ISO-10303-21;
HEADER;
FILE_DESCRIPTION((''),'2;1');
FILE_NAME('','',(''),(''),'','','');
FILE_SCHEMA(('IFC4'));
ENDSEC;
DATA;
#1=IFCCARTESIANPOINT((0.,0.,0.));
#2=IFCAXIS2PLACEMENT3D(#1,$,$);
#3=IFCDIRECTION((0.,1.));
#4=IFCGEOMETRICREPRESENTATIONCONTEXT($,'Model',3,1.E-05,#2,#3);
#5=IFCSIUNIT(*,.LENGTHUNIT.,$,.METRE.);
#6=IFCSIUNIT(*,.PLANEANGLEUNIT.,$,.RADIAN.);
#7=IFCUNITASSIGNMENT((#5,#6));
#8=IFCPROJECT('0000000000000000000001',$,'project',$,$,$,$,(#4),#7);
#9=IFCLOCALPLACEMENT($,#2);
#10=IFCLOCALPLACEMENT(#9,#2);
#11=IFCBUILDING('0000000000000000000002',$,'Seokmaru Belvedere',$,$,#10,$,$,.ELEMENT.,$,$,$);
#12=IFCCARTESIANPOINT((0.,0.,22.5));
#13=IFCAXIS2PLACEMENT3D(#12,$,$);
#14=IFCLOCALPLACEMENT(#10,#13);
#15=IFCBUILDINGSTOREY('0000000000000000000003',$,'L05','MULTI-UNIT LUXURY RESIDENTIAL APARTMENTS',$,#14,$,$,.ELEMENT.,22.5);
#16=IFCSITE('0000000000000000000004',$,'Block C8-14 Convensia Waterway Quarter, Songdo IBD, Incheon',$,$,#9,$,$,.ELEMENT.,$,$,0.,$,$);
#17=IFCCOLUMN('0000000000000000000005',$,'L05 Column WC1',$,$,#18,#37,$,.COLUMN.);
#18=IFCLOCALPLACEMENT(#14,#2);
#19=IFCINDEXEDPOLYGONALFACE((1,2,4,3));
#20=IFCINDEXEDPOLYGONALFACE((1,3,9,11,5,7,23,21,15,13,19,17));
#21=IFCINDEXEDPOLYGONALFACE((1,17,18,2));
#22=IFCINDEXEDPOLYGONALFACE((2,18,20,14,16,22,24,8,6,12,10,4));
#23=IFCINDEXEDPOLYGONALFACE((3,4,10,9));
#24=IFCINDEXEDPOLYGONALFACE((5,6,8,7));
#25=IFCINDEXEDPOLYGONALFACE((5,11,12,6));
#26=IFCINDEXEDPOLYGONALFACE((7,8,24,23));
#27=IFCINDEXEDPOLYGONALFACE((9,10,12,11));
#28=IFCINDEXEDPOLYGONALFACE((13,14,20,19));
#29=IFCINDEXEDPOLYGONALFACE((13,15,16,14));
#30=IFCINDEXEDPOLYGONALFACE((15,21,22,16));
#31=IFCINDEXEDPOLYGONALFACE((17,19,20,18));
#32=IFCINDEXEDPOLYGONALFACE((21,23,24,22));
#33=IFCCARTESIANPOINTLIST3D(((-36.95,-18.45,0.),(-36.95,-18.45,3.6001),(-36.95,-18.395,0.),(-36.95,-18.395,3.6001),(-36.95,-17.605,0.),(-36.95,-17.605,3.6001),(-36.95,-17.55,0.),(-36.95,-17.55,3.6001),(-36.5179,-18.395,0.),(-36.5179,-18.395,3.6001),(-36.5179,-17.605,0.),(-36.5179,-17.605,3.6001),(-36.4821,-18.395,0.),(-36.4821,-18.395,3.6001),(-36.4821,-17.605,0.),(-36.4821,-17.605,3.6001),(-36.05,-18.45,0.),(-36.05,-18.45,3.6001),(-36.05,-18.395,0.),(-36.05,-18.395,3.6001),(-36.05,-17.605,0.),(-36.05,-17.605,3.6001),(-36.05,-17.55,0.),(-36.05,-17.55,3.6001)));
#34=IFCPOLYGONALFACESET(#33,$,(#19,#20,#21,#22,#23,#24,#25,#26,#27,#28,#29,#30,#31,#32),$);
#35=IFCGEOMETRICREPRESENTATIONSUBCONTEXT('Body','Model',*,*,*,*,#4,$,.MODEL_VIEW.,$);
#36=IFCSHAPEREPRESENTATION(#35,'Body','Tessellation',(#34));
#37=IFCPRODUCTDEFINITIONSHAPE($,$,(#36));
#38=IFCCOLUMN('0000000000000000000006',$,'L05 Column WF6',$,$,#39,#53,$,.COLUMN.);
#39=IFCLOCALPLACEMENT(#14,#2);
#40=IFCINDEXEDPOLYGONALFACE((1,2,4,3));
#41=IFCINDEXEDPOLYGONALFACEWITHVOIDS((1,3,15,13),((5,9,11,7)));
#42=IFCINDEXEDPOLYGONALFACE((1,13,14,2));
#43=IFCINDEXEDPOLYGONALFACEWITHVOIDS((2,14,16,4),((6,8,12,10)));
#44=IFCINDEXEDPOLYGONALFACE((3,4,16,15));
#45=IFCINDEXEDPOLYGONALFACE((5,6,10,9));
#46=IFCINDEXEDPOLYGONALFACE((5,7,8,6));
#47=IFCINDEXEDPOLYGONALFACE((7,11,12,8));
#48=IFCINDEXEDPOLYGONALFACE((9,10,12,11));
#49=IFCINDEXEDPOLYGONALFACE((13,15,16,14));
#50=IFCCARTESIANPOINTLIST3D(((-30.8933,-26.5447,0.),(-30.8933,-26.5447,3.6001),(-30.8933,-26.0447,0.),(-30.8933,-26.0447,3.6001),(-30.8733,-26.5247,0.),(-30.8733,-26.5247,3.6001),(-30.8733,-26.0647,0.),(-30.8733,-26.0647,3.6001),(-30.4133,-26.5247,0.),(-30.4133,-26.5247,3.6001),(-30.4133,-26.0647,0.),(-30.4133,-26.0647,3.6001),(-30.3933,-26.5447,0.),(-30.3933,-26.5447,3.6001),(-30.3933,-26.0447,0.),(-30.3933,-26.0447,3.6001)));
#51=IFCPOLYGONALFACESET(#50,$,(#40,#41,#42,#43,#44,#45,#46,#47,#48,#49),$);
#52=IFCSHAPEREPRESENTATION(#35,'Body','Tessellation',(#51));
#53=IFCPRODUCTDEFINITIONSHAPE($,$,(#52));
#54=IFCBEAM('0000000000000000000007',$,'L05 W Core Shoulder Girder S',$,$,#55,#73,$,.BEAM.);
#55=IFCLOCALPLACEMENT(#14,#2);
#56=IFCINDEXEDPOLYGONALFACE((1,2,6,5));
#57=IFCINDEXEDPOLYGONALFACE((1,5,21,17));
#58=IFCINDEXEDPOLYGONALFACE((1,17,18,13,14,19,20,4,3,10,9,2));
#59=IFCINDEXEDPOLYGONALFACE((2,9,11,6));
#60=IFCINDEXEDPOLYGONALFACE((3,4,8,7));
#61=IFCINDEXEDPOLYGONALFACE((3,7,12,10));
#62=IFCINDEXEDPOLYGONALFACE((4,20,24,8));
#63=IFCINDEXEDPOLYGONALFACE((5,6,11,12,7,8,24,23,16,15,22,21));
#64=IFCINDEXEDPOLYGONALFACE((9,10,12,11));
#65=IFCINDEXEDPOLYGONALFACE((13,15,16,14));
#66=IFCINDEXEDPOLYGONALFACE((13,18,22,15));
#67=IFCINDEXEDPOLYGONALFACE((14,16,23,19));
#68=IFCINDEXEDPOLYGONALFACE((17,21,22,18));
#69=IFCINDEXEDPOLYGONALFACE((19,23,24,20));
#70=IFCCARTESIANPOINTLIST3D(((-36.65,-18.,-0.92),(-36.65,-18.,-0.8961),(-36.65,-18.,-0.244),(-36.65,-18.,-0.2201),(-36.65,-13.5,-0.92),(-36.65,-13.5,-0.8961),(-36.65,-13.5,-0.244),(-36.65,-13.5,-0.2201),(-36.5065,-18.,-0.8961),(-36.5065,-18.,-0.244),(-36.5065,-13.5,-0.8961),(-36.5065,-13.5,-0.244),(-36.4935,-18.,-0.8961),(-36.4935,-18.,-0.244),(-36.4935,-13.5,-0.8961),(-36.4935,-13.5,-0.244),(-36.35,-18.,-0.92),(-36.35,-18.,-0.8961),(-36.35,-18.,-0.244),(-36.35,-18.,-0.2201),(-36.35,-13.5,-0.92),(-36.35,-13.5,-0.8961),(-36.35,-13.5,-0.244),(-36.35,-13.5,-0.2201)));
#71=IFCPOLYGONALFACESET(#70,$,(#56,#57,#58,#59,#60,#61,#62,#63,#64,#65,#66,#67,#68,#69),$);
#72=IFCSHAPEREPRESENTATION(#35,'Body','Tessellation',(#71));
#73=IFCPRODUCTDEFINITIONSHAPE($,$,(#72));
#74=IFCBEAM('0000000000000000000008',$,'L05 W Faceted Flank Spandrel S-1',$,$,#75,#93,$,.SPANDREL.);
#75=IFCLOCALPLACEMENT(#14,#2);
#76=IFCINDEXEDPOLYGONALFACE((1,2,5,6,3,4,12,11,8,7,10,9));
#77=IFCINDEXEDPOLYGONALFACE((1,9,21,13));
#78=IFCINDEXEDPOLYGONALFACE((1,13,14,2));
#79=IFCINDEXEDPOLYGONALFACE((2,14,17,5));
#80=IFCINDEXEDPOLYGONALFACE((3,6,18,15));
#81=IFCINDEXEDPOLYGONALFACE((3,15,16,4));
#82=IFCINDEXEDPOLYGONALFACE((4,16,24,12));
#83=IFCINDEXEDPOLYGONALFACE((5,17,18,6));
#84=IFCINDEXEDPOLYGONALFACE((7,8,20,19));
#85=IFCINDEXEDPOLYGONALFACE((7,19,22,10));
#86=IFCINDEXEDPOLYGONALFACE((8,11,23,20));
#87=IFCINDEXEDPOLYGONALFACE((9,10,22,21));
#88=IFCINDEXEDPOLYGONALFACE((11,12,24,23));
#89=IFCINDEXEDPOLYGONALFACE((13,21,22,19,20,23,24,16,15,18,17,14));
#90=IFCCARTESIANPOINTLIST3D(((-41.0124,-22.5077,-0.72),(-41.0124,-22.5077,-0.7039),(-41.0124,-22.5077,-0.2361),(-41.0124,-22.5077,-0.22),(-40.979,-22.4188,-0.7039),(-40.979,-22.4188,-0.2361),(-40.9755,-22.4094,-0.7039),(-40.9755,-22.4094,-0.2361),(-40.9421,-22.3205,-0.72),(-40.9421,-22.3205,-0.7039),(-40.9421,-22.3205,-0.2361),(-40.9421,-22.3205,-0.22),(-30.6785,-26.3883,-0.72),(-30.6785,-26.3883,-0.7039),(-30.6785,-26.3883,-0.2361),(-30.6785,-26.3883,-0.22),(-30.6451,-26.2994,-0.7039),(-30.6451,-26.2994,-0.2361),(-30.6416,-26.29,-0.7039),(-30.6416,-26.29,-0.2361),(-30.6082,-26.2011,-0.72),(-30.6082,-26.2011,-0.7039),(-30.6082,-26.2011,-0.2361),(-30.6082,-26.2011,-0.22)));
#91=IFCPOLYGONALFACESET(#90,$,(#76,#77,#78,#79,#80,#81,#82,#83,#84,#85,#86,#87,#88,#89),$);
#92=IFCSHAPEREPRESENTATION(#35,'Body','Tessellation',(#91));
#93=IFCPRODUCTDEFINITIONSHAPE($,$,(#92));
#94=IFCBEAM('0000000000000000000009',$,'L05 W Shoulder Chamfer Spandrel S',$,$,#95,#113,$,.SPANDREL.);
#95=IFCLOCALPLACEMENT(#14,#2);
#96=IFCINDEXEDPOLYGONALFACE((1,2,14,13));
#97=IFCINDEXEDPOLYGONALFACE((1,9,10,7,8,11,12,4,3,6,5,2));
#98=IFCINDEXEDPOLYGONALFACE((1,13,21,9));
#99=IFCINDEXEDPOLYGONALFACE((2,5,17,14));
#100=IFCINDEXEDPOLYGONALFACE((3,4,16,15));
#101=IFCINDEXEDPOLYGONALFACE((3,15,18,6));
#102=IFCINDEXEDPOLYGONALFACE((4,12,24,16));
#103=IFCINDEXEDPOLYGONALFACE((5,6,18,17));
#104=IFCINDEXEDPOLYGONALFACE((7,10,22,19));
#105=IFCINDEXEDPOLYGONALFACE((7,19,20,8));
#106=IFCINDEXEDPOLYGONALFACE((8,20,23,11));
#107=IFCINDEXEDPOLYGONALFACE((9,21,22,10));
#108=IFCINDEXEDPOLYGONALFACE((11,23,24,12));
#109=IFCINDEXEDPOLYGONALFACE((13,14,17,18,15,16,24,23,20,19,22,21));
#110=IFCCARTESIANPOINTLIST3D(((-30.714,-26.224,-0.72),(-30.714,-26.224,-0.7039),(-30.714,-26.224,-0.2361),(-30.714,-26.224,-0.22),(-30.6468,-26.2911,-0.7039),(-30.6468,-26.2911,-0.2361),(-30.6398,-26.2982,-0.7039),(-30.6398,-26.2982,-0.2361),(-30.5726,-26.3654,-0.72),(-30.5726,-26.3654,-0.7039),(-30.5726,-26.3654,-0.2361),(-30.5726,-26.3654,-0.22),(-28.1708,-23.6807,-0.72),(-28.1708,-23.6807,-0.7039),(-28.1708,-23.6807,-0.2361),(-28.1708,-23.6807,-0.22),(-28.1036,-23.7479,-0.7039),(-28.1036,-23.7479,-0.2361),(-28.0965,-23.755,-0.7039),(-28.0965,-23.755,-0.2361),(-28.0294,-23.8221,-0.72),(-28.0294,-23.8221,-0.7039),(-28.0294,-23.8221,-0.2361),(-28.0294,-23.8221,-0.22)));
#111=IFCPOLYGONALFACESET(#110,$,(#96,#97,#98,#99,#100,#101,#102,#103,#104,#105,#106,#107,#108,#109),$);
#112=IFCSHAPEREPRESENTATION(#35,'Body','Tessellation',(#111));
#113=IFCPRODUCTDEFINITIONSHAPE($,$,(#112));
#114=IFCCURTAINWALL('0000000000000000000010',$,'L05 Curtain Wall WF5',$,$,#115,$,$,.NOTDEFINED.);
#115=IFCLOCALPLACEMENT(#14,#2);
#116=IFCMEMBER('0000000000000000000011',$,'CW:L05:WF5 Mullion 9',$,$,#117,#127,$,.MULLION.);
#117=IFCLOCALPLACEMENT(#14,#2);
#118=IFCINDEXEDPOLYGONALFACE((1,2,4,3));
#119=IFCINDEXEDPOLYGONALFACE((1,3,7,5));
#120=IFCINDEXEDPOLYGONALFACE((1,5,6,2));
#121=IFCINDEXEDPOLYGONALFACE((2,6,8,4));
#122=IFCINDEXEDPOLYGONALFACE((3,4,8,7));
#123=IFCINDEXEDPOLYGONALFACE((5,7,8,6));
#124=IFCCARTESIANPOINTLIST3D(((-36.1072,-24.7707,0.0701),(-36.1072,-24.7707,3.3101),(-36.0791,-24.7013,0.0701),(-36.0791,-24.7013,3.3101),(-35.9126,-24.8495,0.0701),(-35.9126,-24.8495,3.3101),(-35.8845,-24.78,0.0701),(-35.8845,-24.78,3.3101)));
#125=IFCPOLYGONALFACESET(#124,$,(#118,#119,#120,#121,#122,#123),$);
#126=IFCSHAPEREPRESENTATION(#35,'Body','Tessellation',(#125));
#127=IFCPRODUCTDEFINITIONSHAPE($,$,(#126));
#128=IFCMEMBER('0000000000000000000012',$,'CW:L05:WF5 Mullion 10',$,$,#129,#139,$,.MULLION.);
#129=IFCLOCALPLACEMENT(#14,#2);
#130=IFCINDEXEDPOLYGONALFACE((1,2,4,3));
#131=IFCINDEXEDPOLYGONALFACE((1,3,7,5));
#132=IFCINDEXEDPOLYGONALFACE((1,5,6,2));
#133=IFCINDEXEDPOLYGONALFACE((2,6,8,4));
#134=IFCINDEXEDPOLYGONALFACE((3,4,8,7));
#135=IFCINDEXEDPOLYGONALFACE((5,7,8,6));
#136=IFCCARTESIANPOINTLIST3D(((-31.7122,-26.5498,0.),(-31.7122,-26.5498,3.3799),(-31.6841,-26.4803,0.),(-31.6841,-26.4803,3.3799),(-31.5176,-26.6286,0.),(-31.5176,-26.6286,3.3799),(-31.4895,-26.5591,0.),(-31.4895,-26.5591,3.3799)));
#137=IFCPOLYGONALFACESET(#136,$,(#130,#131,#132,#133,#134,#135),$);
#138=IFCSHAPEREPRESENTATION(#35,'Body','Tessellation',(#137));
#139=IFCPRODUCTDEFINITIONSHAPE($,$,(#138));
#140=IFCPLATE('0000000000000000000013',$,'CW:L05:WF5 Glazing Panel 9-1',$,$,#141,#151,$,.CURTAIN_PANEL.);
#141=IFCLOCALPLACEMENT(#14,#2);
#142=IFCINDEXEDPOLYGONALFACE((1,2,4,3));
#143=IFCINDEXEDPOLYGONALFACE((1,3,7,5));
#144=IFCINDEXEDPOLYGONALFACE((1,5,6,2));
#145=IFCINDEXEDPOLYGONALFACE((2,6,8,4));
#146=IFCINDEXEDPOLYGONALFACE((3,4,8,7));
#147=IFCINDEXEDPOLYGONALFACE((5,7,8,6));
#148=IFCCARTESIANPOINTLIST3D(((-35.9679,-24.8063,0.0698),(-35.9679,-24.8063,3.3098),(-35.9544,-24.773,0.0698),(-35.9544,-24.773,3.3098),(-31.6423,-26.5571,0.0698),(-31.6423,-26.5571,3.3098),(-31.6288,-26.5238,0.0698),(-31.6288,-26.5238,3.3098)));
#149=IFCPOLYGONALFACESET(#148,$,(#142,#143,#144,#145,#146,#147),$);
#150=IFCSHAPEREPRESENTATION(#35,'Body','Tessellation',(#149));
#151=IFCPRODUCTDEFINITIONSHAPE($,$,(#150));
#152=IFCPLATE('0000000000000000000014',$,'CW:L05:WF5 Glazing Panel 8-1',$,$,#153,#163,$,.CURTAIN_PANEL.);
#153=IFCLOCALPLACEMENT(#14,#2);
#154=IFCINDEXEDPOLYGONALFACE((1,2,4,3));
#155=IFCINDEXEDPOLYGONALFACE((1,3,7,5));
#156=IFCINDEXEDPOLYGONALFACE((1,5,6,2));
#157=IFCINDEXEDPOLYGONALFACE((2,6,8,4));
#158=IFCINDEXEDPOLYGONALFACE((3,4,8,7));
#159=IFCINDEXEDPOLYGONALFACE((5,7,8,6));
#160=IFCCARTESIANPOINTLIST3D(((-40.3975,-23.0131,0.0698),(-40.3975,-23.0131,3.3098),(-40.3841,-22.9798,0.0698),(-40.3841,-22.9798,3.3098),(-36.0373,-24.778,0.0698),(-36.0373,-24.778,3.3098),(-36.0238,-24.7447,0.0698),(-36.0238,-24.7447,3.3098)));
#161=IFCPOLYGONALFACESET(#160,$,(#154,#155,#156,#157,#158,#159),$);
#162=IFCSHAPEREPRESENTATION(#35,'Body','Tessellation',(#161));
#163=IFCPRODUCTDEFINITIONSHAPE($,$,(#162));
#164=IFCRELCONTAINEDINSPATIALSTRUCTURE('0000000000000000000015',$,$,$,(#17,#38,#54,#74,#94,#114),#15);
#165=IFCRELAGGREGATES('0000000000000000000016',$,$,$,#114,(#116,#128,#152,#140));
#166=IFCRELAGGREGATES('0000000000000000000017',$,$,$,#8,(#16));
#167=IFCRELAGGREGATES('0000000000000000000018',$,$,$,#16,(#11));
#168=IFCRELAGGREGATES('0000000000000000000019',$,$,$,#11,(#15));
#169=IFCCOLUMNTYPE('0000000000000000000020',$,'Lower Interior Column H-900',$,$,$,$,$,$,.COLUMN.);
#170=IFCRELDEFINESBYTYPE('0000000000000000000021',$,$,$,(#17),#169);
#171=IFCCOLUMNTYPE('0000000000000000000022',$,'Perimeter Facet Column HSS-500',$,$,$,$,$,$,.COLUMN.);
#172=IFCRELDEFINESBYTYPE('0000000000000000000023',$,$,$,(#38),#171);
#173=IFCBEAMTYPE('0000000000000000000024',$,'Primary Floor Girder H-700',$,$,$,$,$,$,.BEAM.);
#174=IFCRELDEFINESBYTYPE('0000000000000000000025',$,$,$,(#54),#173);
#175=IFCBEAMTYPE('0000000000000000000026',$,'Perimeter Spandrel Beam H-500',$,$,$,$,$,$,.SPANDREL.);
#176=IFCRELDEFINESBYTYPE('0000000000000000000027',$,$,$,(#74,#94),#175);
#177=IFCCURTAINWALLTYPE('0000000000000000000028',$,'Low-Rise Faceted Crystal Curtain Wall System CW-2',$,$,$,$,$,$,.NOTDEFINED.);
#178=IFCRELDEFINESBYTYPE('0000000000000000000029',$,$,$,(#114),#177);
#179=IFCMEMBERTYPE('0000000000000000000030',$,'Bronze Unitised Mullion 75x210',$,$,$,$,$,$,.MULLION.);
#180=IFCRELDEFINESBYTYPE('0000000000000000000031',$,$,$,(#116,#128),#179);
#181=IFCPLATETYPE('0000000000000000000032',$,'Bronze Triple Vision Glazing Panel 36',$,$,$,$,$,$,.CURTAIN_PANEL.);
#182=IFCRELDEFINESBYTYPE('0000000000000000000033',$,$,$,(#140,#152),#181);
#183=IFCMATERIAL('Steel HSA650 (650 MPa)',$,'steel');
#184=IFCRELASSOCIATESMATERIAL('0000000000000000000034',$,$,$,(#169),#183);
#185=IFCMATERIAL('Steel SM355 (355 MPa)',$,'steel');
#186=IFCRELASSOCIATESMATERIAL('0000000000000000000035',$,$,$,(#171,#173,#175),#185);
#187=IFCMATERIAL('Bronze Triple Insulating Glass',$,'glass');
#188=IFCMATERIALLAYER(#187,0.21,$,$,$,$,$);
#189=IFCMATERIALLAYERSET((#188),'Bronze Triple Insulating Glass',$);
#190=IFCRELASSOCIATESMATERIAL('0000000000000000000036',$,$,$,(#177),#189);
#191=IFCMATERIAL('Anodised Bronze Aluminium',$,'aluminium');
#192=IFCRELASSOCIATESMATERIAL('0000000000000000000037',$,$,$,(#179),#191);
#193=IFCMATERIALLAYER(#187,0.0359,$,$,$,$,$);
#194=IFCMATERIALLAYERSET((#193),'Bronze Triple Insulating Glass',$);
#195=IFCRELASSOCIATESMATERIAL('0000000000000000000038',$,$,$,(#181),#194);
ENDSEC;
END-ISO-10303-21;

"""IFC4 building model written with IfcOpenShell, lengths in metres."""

from ifc_helpers import new_model, si_unit, direction, frame, origin, origin_2d, place, context, subcontext, project, spatial, rectangle, hollow_rectangle, i_section, extrude, source, transform, mapped, material, layer, layer_set, material_profile, profile_set, type_object, type_shapes, element, aggregate, save


model = new_model("IFC4")

# Units and contexts
model_context = context("Model", 3, precision=1e-05, world=origin(), true_north=direction((0.0, 1.0)))
body_context = subcontext(model_context, "Body", "Model", "MODEL_VIEW")
ifc_project = project(units=[si_unit("LENGTHUNIT", "METRE"), si_unit("PLANEANGLEUNIT", "RADIAN")], contexts=[model_context])

# Site, building, storey
site_placement = place(None, origin())
site = spatial("IfcSite", under=ifc_project, at=site_placement, Name="Block C8-14 Convensia Waterway Quarter, Songdo IBD, Incheon", CompositionType="ELEMENT", RefElevation=0.0)
building_placement = place(site_placement, origin())
building = spatial("IfcBuilding", under=site, at=building_placement, Name="Seokmaru Belvedere", CompositionType="ELEMENT")
storey_placement = place(building_placement, frame((0.0, 0.0, 22.5)))
storey = spatial("IfcBuildingStorey", under=building, at=storey_placement, Name="L05", Description="MULTI-UNIT LUXURY RESIDENTIAL APARTMENTS", CompositionType="ELEMENT", Elevation=22.5)

# Columns
ifc_material_1 = material(Name="Steel HSA650 (650 MPa)", Category="steel")
ifc_material_profile_1 = material_profile(ifc_material_1, i_section(OverallWidth=0.8999, OverallDepth=0.8999, WebThickness=0.0359, FlangeThickness=0.0549, at=origin_2d()), Name="H-900x900x36x55")
ifc_profile_set_1 = profile_set([ifc_material_profile_1], Name="Steel HSA650 (650 MPa)")
column_type_1 = type_object("IfcColumnType", Name="Lower Interior Column H-900", PredefinedType="COLUMN", material=ifc_profile_set_1)
shared_shape_1 = source(origin(), body_context, "Body", "SweptSolid", [
    extrude(i_section(OverallWidth=0.8999, OverallDepth=0.8999, WebThickness=0.0359, FlangeThickness=0.0549, at=origin_2d()), origin(), (0.0, 0.0, 1.0), 3.6001),
])
type_shapes(column_type_1, [shared_shape_1])
column_1_placement = place(storey_placement, frame((-36.5, -18.0, 0.0), z_axis=(0.0, 0.0, 1.0), x_axis=(1.0, 0.0, 0.0)))
element("IfcColumn", 1, at=column_1_placement, inside=storey, type_object=column_type_1, Name="L05 Column WC1", PredefinedType="COLUMN", context=body_context, shape_type="MappedRepresentation", body=[
    mapped(shared_shape_1, transform((0.0, 0.0, 0.0), scale=1.0)),
])
ifc_material_2 = material(Name="Steel SM355 (355 MPa)", Category="steel")
ifc_material_profile_2 = material_profile(ifc_material_2, hollow_rectangle(XDim=0.5, YDim=0.5, WallThickness=0.02, at=origin_2d()), Name="HSS-500x500x20")
ifc_profile_set_2 = profile_set([ifc_material_profile_2], Name="Steel SM355 (355 MPa)")
column_type_2 = type_object("IfcColumnType", Name="Perimeter Facet Column HSS-500", PredefinedType="COLUMN", material=ifc_profile_set_2)
shared_shape_2 = source(origin(), body_context, "Body", "SweptSolid", [
    extrude(hollow_rectangle(XDim=0.5, YDim=0.5, WallThickness=0.02, at=origin_2d()), origin(), (0.0, 0.0, 1.0), 3.6001),
])
type_shapes(column_type_2, [shared_shape_2])
column_2_placement = place(storey_placement, frame((-30.6433, -26.2947, 0.0), z_axis=(0.0, 0.0, 1.0), x_axis=(1.0, 0.0, 0.0)))
element("IfcColumn", 2, at=column_2_placement, inside=storey, type_object=column_type_2, Name="L05 Column WF6", PredefinedType="COLUMN", context=body_context, shape_type="MappedRepresentation", body=[
    mapped(shared_shape_2, transform((0.0, 0.0, 0.0), scale=1.0)),
])

# Beams
ifc_material_profile_3 = material_profile(ifc_material_2, i_section(OverallWidth=0.3, OverallDepth=0.7, WebThickness=0.0129, FlangeThickness=0.0239, at=origin_2d()), Name="H-700x300x13x24")
ifc_profile_set_3 = profile_set([ifc_material_profile_3], Name="Steel SM355 (355 MPa)")
beam_type_1 = type_object("IfcBeamType", Name="Primary Floor Girder H-700", PredefinedType="BEAM", material=ifc_profile_set_3)
shared_shape_3 = source(origin(), body_context, "Body", "SweptSolid", [
    extrude(i_section(OverallWidth=0.3, OverallDepth=0.7, WebThickness=0.0129, FlangeThickness=0.0239, at=origin_2d()), origin(), (0.0, 0.0, 1.0), 4.5),
])
type_shapes(beam_type_1, [shared_shape_3])
beam_1_placement = place(storey_placement, frame((-36.5, -18.0, -0.5701), z_axis=(0.0, 1.0, 0.0), x_axis=(-1.0, 0.0, 0.0)))
element("IfcBeam", 3, at=beam_1_placement, inside=storey, type_object=beam_type_1, Name="L05 W Core Shoulder Girder S", PredefinedType="BEAM", context=body_context, shape_type="MappedRepresentation", body=[
    mapped(shared_shape_3, transform((0.0, 0.0, 0.0), scale=1.0)),
])
ifc_material_profile_4 = material_profile(ifc_material_2, i_section(OverallWidth=0.2, OverallDepth=0.5, WebThickness=0.01, FlangeThickness=0.0161, at=origin_2d()), Name="H-500x200x10x16")
ifc_profile_set_4 = profile_set([ifc_material_profile_4], Name="Steel SM355 (355 MPa)")
beam_type_2 = type_object("IfcBeamType", Name="Perimeter Spandrel Beam H-500", PredefinedType="SPANDREL", material=ifc_profile_set_4)
shared_shape_4 = source(origin(), body_context, "Body", "SweptSolid", [
    extrude(i_section(OverallWidth=0.2, OverallDepth=0.5, WebThickness=0.01, FlangeThickness=0.0161, at=origin_2d()), origin(), (0.0, 0.0, 1.0), 11.0386),
])
beam_2_placement = place(storey_placement, frame((-30.6433, -26.2947, -0.47), z_axis=(-0.936169, 0.35155, 0.0), x_axis=(-0.35155, -0.936169, 0.0)))
element("IfcBeam", 4, at=beam_2_placement, inside=storey, type_object=beam_type_2, Name="L05 W Faceted Flank Spandrel S-1", PredefinedType="SPANDREL", context=body_context, shape_type="MappedRepresentation", body=[
    mapped(shared_shape_4, transform((0.0, 0.0, 0.0), scale=1.0)),
])
shared_shape_5 = source(origin(), body_context, "Body", "SweptSolid", [
    extrude(i_section(OverallWidth=0.2, OverallDepth=0.5, WebThickness=0.01, FlangeThickness=0.0161, at=origin_2d()), origin(), (0.0, 0.0, 1.0), 3.5967),
])
type_shapes(beam_type_2, [shared_shape_4, shared_shape_5])
beam_3_placement = place(storey_placement, frame((-30.6433, -26.2947, -0.47), z_axis=(0.707107, 0.707107, 0.0), x_axis=(-0.707107, 0.707107, 0.0)))
element("IfcBeam", 5, at=beam_3_placement, inside=storey, type_object=beam_type_2, Name="L05 W Shoulder Chamfer Spandrel S", PredefinedType="SPANDREL", context=body_context, shape_type="MappedRepresentation", body=[
    mapped(shared_shape_5, transform((0.0, 0.0, 0.0), scale=1.0)),
])

# Curtain wall, members, plates
ifc_material_3 = material(Name="Bronze Triple Insulating Glass", Category="glass")
ifc_layer_1 = layer(ifc_material_3, 0.21)
ifc_layer_set_1 = layer_set([ifc_layer_1], Name="Bronze Triple Insulating Glass")
curtain_wall_type = type_object("IfcCurtainWallType", Name="Low-Rise Faceted Crystal Curtain Wall System CW-2", PredefinedType="NOTDEFINED", material=ifc_layer_set_1)
curtain_wall_placement = place(storey_placement, origin())
curtain_wall = element("IfcCurtainWall", 6, at=curtain_wall_placement, inside=storey, type_object=curtain_wall_type, Name="L05 Curtain Wall WF5", PredefinedType="NOTDEFINED")
ifc_material_4 = material(Name="Anodised Bronze Aluminium", Category="aluminium")
ifc_material_profile_5 = material_profile(ifc_material_4, rectangle(XDim=0.075, YDim=0.21, at=origin_2d()), Name="CW-M-75x210")
ifc_profile_set_5 = profile_set([ifc_material_profile_5], Name="Anodised Bronze Aluminium")
member_type = type_object("IfcMemberType", Name="Bronze Unitised Mullion 75x210", PredefinedType="MULLION", material=ifc_profile_set_5)
shared_shape_6 = source(origin(), body_context, "Body", "SweptSolid", [
    extrude(rectangle(XDim=0.075, YDim=0.21, at=origin_2d()), origin(), (0.0, 0.0, 1.0), 3.24),
])
member_1_placement = place(storey_placement, frame((-35.9958, -24.7754, 0.0701), z_axis=(0.0, 0.0, 1.0), x_axis=(0.375192, 0.926947, 0.0)))
member_1 = element("IfcMember", 7, at=member_1_placement, type_object=member_type, Name="CW:L05:WF5 Mullion 9", PredefinedType="MULLION", context=body_context, shape_type="MappedRepresentation", body=[
    mapped(shared_shape_6, transform((0.0, 0.0, 0.0), scale=1.0)),
])
shared_shape_7 = source(origin(), body_context, "Body", "SweptSolid", [
    extrude(rectangle(XDim=0.075, YDim=0.21, at=origin_2d()), origin(), (0.0, 0.0, 1.0), 3.3799),
])
type_shapes(member_type, [shared_shape_6, shared_shape_7])
member_2_placement = place(storey_placement, frame((-31.6008, -26.5544, 0.0), z_axis=(0.0, 0.0, 1.0), x_axis=(0.375192, 0.926947, 0.0)))
member_2 = element("IfcMember", 8, at=member_2_placement, type_object=member_type, Name="CW:L05:WF5 Mullion 10", PredefinedType="MULLION", context=body_context, shape_type="MappedRepresentation", body=[
    mapped(shared_shape_7, transform((0.0, 0.0, 0.0), scale=1.0)),
])
ifc_layer_2 = layer(ifc_material_3, 0.0359)
ifc_layer_set_2 = layer_set([ifc_layer_2], Name="Bronze Triple Insulating Glass")
plate_type = type_object("IfcPlateType", Name="Bronze Triple Vision Glazing Panel 36", PredefinedType="CURTAIN_PANEL", material=ifc_layer_set_2)
shared_shape_8 = source(origin(), body_context, "Body", "SweptSolid", [
    extrude(rectangle(XDim=4.6665, YDim=0.0359, at=origin_2d()), origin(), (0.0, 0.0, 1.0), 3.24),
])
plate_1_placement = place(storey_placement, frame((-33.7983, -25.665, 0.0698), z_axis=(0.0, 0.0, 1.0), x_axis=(0.926947, -0.375192, 0.0)))
plate_1 = element("IfcPlate", 9, at=plate_1_placement, type_object=plate_type, Name="CW:L05:WF5 Glazing Panel 9-1", PredefinedType="CURTAIN_PANEL", context=body_context, shape_type="MappedRepresentation", body=[
    mapped(shared_shape_8, transform((0.0, 0.0, 0.0), scale=1.0)),
])
shared_shape_9 = source(origin(), body_context, "Body", "SweptSolid", [
    extrude(rectangle(XDim=4.7039, YDim=0.0359, at=origin_2d()), origin(), (0.0, 0.0, 1.0), 3.24),
])
type_shapes(plate_type, [shared_shape_8, shared_shape_9])
plate_2_placement = place(storey_placement, frame((-38.2107, -23.8789, 0.0698), z_axis=(0.0, 0.0, 1.0), x_axis=(0.926947, -0.375192, 0.0)))
plate_2 = element("IfcPlate", 10, at=plate_2_placement, type_object=plate_type, Name="CW:L05:WF5 Glazing Panel 8-1", PredefinedType="CURTAIN_PANEL", context=body_context, shape_type="MappedRepresentation", body=[
    mapped(shared_shape_9, transform((0.0, 0.0, 0.0), scale=1.0)),
])
aggregate(curtain_wall, [member_1, member_2, plate_2, plate_1])

save(model, "model.ifc")
